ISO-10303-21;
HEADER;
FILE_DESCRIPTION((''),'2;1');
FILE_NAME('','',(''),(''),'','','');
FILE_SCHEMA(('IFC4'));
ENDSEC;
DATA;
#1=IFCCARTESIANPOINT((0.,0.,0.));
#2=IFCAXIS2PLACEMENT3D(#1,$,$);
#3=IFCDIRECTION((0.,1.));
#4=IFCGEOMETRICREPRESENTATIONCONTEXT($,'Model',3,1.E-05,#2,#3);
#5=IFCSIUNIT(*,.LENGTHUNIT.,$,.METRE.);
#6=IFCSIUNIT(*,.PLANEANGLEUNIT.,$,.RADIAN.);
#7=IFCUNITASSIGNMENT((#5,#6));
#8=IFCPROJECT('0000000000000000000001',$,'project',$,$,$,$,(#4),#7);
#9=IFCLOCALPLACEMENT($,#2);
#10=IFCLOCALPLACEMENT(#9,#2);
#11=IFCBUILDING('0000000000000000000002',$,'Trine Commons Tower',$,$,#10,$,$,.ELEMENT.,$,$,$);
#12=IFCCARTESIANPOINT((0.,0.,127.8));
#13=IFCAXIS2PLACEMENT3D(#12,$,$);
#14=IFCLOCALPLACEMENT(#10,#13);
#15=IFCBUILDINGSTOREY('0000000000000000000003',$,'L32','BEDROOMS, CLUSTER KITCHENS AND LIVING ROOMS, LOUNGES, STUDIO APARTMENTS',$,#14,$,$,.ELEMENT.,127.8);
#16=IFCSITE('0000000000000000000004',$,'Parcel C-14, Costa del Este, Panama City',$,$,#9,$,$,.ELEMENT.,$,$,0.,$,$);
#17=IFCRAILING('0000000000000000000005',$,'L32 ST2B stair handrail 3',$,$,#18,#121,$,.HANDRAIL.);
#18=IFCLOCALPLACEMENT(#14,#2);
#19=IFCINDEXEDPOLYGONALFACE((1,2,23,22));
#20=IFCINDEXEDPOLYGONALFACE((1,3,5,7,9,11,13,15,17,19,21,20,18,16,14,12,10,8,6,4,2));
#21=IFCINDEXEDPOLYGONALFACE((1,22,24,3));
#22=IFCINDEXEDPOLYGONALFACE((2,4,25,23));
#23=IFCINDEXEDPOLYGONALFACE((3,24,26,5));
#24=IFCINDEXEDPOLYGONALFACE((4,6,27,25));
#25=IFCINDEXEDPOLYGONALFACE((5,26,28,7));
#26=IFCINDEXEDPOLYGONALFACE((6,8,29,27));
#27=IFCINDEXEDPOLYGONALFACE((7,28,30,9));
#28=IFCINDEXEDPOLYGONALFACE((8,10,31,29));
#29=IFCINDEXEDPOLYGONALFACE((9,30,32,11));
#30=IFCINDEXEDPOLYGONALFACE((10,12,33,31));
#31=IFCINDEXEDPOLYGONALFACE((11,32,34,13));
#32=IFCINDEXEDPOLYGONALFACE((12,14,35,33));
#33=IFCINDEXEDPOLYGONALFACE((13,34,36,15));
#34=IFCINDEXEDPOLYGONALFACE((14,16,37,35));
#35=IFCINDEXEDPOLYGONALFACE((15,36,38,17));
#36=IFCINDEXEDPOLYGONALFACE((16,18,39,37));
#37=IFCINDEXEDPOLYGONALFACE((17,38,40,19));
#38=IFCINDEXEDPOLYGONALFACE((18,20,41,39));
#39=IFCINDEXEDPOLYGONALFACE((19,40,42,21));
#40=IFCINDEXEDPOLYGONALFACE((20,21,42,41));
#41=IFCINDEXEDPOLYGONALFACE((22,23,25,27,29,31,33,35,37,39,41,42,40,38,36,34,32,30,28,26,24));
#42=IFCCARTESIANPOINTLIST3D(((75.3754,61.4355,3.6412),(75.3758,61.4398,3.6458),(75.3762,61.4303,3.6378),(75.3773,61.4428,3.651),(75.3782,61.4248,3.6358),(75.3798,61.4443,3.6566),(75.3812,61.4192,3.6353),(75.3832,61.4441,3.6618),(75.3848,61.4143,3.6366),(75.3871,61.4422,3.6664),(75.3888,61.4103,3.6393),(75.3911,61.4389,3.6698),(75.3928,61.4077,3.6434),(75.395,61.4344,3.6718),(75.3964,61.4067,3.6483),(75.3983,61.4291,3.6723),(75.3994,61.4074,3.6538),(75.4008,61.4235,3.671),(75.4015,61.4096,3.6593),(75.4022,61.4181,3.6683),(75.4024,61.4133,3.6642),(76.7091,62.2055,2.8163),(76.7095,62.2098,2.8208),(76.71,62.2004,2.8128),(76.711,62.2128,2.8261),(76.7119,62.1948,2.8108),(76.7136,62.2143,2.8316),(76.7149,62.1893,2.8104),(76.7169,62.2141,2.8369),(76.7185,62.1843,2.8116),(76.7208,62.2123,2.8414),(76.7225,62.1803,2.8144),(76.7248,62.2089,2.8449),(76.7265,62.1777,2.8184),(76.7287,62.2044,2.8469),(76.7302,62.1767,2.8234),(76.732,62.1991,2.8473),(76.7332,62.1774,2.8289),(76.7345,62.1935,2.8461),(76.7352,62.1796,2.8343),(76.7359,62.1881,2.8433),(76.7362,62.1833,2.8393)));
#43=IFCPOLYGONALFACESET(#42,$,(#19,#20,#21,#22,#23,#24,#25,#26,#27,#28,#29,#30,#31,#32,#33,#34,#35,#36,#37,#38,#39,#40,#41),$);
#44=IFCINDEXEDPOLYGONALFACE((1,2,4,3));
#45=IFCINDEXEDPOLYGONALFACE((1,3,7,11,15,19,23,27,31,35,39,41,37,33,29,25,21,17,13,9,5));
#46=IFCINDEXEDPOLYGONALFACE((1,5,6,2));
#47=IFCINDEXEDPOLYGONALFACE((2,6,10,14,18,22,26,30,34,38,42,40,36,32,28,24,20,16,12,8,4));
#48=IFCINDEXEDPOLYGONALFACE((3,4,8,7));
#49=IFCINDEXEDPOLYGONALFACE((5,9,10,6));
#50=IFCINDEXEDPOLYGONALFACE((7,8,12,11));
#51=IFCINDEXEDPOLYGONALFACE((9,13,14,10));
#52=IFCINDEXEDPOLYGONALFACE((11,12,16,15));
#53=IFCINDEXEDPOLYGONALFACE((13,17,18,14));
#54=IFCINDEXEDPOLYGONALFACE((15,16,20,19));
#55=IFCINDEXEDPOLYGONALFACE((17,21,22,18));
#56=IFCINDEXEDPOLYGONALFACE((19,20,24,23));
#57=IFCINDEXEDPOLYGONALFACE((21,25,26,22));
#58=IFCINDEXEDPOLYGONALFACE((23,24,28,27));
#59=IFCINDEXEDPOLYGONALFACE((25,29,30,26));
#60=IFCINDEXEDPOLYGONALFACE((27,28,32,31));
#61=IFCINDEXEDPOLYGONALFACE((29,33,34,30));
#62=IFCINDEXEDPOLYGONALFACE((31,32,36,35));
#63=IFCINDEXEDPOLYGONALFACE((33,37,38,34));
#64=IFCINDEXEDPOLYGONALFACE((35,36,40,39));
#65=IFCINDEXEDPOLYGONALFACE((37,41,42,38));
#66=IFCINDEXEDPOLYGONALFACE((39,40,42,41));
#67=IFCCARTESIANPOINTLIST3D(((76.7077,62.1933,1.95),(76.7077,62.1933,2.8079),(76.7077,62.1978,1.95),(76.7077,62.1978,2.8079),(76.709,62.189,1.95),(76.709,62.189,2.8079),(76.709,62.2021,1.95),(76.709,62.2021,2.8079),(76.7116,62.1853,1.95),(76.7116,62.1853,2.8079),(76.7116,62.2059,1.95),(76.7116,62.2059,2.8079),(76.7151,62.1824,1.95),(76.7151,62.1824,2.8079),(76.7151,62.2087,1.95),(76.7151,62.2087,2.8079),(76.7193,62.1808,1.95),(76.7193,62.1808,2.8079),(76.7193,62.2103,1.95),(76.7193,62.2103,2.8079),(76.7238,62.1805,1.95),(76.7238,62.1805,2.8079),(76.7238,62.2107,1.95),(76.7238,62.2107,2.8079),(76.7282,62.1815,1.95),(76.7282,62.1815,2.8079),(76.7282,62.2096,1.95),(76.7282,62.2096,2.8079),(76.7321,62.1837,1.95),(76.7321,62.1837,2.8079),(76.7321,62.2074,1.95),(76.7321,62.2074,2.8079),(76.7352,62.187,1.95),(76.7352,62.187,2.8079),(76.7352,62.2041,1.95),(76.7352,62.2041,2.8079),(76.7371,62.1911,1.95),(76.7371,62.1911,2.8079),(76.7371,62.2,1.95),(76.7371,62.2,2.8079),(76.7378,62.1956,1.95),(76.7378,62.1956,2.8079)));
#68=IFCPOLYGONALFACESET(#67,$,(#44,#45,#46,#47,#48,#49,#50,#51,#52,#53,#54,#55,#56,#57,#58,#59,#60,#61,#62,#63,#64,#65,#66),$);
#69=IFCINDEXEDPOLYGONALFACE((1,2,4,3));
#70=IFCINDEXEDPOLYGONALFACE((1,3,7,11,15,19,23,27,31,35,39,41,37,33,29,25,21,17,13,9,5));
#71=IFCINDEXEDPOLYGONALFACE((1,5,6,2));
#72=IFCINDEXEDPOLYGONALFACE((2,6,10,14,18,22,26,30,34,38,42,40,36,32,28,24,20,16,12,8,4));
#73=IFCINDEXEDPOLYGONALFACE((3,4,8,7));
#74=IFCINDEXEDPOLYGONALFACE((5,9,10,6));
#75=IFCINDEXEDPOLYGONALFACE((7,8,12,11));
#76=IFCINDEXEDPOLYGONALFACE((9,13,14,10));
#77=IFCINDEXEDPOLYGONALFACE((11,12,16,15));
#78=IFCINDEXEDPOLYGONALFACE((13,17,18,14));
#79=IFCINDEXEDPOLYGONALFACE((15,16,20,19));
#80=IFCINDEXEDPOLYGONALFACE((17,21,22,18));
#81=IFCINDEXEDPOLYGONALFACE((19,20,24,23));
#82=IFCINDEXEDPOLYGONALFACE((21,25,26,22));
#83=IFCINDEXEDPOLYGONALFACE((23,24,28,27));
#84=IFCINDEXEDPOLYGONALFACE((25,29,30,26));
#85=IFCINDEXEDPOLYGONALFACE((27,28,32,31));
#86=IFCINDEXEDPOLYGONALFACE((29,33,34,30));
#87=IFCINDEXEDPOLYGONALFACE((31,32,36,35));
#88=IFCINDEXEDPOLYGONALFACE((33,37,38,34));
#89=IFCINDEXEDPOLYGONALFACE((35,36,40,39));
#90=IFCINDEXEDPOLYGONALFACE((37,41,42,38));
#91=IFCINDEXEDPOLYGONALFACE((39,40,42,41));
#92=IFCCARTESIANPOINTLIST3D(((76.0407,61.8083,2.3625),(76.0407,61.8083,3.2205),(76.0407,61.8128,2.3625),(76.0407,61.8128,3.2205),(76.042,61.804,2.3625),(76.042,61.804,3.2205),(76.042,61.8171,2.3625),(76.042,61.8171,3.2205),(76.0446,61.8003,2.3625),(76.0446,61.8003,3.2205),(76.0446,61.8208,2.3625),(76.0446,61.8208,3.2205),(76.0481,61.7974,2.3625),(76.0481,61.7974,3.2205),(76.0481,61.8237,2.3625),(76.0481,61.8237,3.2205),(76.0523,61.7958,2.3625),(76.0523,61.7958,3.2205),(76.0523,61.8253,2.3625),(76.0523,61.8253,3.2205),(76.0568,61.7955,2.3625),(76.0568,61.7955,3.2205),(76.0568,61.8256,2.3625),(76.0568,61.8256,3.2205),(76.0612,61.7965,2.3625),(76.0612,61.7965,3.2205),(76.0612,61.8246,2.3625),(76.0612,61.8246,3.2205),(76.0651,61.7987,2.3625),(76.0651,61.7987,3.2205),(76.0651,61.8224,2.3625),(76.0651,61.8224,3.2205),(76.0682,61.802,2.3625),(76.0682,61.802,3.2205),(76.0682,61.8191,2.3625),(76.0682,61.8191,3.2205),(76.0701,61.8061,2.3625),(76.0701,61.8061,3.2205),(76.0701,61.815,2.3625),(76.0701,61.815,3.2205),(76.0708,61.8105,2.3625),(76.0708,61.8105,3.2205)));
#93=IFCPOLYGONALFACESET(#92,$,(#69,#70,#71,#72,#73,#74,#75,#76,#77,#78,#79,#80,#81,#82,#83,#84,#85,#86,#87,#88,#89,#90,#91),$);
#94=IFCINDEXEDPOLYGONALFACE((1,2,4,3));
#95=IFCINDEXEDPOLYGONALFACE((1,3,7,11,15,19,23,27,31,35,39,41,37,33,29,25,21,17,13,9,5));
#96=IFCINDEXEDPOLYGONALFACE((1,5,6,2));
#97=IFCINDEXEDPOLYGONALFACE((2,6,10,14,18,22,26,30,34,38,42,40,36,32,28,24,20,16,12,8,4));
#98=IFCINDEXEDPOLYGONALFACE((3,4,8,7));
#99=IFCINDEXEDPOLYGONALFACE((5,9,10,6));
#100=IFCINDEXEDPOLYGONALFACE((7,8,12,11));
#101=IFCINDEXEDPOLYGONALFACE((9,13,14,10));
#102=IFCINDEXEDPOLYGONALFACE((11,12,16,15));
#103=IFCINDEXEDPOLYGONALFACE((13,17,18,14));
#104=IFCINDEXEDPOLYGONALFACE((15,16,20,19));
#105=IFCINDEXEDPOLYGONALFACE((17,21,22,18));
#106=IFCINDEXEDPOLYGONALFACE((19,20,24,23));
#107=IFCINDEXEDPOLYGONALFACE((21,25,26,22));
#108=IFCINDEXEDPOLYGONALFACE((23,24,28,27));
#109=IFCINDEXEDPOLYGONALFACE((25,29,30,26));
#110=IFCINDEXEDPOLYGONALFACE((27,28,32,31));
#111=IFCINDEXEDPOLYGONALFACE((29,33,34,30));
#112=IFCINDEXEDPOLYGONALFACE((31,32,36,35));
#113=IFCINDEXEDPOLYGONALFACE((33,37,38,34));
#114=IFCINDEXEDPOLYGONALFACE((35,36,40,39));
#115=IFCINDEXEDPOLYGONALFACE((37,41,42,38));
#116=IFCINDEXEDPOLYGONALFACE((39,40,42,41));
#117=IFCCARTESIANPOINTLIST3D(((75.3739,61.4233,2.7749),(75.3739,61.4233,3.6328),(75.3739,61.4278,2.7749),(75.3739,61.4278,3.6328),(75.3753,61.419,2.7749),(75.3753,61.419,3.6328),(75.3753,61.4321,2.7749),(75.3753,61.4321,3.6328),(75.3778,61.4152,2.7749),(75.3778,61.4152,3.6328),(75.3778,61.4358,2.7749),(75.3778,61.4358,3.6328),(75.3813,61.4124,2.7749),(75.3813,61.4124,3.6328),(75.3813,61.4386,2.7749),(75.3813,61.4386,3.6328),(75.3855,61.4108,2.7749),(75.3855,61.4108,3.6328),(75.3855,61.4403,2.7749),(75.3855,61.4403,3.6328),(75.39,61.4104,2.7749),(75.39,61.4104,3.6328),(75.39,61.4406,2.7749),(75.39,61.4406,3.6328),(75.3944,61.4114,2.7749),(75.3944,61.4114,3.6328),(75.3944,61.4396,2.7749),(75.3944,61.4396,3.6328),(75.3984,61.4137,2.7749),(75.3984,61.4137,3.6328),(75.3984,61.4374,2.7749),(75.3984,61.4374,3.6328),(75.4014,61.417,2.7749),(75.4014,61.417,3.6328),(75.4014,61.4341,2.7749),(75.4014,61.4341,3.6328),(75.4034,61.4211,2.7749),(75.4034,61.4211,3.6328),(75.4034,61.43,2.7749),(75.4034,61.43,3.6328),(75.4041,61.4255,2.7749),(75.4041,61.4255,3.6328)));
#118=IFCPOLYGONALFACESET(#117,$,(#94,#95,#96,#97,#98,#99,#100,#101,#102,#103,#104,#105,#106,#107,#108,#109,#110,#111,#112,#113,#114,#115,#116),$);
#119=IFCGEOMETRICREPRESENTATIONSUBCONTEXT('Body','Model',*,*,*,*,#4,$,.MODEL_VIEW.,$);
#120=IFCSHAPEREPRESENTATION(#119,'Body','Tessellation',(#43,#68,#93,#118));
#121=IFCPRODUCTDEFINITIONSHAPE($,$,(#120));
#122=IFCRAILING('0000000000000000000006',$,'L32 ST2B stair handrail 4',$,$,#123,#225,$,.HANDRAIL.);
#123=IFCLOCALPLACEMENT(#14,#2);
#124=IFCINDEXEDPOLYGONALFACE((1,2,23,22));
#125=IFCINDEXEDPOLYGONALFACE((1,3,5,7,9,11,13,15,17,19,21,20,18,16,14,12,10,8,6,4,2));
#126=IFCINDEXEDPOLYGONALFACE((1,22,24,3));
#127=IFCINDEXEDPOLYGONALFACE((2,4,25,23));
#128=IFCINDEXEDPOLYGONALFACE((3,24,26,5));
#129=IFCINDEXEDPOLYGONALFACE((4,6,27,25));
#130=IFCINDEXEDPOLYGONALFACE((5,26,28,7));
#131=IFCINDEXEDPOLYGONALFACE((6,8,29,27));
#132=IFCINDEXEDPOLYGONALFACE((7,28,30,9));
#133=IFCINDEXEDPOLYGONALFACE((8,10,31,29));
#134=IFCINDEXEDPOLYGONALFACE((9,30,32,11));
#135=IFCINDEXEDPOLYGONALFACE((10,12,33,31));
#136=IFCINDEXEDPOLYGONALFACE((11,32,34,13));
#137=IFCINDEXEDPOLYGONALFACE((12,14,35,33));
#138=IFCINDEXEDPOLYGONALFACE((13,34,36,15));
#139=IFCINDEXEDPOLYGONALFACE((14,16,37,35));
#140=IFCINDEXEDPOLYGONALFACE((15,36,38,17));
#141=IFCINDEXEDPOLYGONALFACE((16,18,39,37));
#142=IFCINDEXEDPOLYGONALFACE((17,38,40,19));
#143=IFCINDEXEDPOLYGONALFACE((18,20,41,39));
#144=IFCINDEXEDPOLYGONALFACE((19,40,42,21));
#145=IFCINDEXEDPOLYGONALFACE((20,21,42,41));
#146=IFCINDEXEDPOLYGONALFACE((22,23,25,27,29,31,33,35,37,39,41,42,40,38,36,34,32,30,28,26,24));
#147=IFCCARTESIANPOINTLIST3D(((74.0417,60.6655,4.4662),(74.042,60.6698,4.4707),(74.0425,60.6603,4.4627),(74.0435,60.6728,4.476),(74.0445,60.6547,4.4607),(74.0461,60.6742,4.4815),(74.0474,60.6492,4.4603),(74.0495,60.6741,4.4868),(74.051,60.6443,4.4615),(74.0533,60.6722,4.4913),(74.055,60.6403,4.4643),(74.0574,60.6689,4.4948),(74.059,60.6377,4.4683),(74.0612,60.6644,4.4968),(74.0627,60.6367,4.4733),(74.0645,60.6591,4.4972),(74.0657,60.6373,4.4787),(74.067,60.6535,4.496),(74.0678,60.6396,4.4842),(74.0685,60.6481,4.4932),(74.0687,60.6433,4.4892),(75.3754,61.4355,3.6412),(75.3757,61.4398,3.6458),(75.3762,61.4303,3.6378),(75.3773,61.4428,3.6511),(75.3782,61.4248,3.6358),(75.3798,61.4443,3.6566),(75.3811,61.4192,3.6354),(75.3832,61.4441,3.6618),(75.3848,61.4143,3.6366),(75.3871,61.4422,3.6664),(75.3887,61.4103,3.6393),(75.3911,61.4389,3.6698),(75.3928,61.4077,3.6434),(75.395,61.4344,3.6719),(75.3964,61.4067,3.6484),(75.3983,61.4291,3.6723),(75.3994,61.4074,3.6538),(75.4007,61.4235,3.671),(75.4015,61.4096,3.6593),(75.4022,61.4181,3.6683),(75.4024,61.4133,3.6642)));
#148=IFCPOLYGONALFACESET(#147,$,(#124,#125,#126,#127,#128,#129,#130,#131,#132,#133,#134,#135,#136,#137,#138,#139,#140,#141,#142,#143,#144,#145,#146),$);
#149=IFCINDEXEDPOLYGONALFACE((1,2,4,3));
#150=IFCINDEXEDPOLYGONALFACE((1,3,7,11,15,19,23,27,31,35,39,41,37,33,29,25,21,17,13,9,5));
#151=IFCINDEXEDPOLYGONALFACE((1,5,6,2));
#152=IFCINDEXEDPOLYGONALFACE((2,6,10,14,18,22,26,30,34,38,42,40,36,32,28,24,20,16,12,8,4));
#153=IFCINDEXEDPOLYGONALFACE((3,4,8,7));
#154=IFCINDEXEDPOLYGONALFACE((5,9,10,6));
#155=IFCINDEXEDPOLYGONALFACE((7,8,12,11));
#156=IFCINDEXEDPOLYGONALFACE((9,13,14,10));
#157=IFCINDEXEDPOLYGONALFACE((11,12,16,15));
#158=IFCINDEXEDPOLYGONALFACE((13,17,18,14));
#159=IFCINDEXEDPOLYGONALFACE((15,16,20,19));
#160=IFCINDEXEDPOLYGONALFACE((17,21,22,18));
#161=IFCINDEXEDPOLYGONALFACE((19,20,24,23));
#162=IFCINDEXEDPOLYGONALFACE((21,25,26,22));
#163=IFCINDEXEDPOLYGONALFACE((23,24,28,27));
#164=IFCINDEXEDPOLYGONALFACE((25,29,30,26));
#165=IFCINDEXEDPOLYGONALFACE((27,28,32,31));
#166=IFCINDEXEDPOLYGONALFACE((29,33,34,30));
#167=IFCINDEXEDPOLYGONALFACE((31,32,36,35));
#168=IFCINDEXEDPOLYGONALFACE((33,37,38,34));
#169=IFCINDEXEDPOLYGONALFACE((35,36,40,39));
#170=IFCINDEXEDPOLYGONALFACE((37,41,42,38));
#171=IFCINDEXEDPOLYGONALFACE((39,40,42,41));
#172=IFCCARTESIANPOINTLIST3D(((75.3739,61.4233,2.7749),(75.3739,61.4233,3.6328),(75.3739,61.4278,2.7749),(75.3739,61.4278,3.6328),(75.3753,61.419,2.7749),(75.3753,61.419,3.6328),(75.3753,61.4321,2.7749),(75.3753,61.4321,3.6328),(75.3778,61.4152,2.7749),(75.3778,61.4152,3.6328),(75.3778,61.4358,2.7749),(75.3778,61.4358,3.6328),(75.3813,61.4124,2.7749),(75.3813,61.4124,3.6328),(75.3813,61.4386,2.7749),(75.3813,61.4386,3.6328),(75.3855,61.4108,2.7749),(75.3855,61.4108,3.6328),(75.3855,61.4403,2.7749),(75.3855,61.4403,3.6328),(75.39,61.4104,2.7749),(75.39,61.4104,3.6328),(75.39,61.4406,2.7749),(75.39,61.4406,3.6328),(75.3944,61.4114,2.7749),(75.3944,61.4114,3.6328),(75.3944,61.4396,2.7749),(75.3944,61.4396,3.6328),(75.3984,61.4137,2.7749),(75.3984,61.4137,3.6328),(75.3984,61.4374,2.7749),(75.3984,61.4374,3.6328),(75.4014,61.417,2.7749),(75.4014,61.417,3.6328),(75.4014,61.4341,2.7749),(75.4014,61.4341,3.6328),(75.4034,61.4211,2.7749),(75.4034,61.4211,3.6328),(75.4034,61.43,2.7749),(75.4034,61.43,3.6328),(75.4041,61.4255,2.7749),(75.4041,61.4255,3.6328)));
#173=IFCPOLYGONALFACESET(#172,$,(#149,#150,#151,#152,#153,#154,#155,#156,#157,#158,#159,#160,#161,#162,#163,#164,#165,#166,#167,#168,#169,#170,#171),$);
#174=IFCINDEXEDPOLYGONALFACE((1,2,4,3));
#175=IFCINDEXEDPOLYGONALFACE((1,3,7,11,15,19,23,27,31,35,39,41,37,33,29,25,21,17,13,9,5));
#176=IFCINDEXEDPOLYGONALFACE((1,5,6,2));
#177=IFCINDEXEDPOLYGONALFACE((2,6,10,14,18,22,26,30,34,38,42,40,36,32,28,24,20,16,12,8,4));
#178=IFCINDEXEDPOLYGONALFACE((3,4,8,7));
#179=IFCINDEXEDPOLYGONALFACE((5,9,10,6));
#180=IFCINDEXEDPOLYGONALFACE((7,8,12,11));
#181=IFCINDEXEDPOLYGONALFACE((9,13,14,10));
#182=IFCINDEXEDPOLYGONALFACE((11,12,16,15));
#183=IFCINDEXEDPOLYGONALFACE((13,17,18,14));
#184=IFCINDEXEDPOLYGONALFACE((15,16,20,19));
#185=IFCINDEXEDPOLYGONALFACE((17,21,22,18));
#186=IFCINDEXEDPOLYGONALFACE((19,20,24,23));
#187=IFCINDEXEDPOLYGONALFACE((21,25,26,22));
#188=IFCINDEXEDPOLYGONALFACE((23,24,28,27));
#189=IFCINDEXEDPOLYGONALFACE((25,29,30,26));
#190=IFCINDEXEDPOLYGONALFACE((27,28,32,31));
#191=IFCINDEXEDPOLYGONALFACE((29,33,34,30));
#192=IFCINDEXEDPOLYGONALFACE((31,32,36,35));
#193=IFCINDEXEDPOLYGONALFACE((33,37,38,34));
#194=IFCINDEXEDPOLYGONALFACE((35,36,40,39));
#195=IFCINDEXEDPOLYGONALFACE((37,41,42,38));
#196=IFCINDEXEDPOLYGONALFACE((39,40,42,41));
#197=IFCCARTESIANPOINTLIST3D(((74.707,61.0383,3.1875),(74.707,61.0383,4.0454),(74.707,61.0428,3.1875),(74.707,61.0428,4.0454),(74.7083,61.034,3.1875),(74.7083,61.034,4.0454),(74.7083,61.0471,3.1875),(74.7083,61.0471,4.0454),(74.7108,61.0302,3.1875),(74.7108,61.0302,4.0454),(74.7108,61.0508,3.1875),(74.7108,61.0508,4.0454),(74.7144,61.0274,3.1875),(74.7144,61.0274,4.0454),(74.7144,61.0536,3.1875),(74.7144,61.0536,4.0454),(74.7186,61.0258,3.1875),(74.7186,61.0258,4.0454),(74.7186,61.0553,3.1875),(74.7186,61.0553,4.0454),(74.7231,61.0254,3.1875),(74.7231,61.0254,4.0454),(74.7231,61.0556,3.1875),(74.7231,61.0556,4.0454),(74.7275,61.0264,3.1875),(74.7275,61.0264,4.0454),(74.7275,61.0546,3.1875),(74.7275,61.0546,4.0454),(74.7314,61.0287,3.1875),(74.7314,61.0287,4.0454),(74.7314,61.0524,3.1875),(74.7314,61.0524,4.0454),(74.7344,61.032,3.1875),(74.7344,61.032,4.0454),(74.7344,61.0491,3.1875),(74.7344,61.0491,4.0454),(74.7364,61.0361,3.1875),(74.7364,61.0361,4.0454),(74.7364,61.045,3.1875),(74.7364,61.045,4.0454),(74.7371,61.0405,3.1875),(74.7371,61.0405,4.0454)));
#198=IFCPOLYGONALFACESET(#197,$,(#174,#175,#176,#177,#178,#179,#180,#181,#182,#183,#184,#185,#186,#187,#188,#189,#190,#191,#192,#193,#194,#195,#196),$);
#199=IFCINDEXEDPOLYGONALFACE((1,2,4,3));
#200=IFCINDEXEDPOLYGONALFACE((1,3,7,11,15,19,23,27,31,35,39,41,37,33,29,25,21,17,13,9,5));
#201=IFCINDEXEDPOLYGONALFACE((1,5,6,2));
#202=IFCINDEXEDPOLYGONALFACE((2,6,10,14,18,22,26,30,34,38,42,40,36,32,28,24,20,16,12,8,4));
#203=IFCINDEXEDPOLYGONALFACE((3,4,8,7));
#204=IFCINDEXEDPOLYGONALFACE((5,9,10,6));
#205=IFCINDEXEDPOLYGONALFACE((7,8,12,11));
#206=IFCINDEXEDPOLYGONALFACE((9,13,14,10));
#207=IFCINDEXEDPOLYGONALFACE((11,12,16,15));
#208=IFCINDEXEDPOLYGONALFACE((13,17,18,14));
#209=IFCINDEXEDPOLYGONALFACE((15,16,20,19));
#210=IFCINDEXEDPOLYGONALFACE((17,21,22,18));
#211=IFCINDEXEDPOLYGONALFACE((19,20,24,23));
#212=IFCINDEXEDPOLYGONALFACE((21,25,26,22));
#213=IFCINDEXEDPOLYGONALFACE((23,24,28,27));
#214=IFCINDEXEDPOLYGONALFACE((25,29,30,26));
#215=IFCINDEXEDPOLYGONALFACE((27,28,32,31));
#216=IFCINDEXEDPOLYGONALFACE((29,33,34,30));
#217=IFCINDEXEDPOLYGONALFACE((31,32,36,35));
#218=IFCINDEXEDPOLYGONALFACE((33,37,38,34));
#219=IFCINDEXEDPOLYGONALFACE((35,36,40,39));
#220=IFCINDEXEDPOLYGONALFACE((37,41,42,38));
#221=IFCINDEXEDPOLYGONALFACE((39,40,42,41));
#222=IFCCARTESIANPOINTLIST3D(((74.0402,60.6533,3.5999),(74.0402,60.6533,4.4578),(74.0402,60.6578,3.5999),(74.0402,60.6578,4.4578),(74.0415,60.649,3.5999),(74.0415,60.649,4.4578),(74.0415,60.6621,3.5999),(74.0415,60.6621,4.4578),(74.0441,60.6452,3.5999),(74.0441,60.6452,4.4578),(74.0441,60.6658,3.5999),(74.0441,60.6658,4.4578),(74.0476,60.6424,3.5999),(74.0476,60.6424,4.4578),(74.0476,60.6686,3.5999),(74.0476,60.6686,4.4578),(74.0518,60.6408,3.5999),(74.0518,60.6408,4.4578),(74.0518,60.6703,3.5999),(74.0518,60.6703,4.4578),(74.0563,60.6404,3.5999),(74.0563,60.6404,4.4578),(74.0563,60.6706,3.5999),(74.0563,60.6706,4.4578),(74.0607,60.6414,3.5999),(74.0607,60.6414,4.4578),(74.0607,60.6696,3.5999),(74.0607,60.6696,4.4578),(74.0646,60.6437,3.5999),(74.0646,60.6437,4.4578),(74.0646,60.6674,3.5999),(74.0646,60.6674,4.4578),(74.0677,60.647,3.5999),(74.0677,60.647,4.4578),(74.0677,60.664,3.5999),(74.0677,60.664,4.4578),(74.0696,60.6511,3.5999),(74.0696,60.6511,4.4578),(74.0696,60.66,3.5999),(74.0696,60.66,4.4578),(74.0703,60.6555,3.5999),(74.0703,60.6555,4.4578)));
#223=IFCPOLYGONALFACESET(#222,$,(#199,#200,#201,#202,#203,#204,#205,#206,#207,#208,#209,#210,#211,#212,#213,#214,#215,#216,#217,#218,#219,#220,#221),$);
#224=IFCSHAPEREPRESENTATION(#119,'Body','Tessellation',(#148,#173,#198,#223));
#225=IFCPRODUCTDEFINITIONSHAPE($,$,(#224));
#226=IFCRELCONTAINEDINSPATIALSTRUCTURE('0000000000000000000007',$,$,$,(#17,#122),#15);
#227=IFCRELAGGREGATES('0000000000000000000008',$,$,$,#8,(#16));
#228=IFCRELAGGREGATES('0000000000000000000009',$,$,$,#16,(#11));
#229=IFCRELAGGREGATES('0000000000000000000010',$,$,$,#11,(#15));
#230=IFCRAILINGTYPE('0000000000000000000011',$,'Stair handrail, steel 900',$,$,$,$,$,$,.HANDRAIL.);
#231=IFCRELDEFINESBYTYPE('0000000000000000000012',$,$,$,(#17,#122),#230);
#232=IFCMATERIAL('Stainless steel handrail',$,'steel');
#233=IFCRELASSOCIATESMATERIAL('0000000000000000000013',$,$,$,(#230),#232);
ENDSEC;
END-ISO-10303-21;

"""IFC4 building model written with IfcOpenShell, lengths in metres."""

from ifc_helpers import new_model, si_unit, direction, frame, origin, origin_2d, place, context, subcontext, project, spatial, circle, extrude, material, type_object, element, save


model = new_model("IFC4")

# Units and contexts
model_context = context("Model", 3, precision=1e-05, world=origin(), true_north=direction((0.0, 1.0)))
body_context = subcontext(model_context, "Body", "Model", "MODEL_VIEW")
ifc_project = project(units=[si_unit("LENGTHUNIT", "METRE"), si_unit("PLANEANGLEUNIT", "RADIAN")], contexts=[model_context])

# Site, building, storey
site_placement = place(None, origin())
site = spatial("IfcSite", under=ifc_project, at=site_placement, Name="Parcel C-14, Costa del Este, Panama City", CompositionType="ELEMENT", RefElevation=0.0)
building_placement = place(site_placement, origin())
building = spatial("IfcBuilding", under=site, at=building_placement, Name="Trine Commons Tower", CompositionType="ELEMENT")
storey_placement = place(building_placement, frame((0.0, 0.0, 127.8)))
storey = spatial("IfcBuildingStorey", under=building, at=storey_placement, Name="L32", Description="BEDROOMS, CLUSTER KITCHENS AND LIVING ROOMS, LOUNGES, STUDIO APARTMENTS", CompositionType="ELEMENT", Elevation=127.8)

# Railings
ifc_material_1 = material(Name="Stainless steel handrail", Category="steel")
railing_type_1 = type_object("IfcRailingType", Name="Stair handrail, steel 900", PredefinedType="HANDRAIL", material=ifc_material_1)
for number, where, name in (
    (1, (76.7227, 62.1956, 1.95), "L32 ST2B stair handrail 3"),
    (2, (75.3889, 61.4255, 2.7749), "L32 ST2B stair handrail 4"),
):
    element("IfcRailing", number, at=place(storey_placement, frame(where)), inside=storey, type_object=railing_type_1, Name=name, PredefinedType="HANDRAIL", context=body_context, shape_type="SweptSolid", body=[
        extrude(circle(Radius=0.021, at=origin_2d()), frame((0.0, 0.0, 0.8789), z_axis=(-0.763405, -0.440743, 0.472185), x_axis=(0.499992, -0.86603, 0.0)), (0.0, 0.0, 1.0), 1.7471),
        extrude(circle(Radius=0.0151, at=origin_2d()), origin(), (0.0, 0.0, 1.0), 0.8579),
        extrude(circle(Radius=0.0151, at=origin_2d()), frame((-0.667, -0.385, 0.4126)), (0.0, 0.0, 1.0), 0.8579),
        extrude(circle(Radius=0.0151, at=origin_2d()), frame((-1.3337, -0.77, 0.825)), (0.0, 0.0, 1.0), 0.8579),
    ])

save(model, "model.ifc")
